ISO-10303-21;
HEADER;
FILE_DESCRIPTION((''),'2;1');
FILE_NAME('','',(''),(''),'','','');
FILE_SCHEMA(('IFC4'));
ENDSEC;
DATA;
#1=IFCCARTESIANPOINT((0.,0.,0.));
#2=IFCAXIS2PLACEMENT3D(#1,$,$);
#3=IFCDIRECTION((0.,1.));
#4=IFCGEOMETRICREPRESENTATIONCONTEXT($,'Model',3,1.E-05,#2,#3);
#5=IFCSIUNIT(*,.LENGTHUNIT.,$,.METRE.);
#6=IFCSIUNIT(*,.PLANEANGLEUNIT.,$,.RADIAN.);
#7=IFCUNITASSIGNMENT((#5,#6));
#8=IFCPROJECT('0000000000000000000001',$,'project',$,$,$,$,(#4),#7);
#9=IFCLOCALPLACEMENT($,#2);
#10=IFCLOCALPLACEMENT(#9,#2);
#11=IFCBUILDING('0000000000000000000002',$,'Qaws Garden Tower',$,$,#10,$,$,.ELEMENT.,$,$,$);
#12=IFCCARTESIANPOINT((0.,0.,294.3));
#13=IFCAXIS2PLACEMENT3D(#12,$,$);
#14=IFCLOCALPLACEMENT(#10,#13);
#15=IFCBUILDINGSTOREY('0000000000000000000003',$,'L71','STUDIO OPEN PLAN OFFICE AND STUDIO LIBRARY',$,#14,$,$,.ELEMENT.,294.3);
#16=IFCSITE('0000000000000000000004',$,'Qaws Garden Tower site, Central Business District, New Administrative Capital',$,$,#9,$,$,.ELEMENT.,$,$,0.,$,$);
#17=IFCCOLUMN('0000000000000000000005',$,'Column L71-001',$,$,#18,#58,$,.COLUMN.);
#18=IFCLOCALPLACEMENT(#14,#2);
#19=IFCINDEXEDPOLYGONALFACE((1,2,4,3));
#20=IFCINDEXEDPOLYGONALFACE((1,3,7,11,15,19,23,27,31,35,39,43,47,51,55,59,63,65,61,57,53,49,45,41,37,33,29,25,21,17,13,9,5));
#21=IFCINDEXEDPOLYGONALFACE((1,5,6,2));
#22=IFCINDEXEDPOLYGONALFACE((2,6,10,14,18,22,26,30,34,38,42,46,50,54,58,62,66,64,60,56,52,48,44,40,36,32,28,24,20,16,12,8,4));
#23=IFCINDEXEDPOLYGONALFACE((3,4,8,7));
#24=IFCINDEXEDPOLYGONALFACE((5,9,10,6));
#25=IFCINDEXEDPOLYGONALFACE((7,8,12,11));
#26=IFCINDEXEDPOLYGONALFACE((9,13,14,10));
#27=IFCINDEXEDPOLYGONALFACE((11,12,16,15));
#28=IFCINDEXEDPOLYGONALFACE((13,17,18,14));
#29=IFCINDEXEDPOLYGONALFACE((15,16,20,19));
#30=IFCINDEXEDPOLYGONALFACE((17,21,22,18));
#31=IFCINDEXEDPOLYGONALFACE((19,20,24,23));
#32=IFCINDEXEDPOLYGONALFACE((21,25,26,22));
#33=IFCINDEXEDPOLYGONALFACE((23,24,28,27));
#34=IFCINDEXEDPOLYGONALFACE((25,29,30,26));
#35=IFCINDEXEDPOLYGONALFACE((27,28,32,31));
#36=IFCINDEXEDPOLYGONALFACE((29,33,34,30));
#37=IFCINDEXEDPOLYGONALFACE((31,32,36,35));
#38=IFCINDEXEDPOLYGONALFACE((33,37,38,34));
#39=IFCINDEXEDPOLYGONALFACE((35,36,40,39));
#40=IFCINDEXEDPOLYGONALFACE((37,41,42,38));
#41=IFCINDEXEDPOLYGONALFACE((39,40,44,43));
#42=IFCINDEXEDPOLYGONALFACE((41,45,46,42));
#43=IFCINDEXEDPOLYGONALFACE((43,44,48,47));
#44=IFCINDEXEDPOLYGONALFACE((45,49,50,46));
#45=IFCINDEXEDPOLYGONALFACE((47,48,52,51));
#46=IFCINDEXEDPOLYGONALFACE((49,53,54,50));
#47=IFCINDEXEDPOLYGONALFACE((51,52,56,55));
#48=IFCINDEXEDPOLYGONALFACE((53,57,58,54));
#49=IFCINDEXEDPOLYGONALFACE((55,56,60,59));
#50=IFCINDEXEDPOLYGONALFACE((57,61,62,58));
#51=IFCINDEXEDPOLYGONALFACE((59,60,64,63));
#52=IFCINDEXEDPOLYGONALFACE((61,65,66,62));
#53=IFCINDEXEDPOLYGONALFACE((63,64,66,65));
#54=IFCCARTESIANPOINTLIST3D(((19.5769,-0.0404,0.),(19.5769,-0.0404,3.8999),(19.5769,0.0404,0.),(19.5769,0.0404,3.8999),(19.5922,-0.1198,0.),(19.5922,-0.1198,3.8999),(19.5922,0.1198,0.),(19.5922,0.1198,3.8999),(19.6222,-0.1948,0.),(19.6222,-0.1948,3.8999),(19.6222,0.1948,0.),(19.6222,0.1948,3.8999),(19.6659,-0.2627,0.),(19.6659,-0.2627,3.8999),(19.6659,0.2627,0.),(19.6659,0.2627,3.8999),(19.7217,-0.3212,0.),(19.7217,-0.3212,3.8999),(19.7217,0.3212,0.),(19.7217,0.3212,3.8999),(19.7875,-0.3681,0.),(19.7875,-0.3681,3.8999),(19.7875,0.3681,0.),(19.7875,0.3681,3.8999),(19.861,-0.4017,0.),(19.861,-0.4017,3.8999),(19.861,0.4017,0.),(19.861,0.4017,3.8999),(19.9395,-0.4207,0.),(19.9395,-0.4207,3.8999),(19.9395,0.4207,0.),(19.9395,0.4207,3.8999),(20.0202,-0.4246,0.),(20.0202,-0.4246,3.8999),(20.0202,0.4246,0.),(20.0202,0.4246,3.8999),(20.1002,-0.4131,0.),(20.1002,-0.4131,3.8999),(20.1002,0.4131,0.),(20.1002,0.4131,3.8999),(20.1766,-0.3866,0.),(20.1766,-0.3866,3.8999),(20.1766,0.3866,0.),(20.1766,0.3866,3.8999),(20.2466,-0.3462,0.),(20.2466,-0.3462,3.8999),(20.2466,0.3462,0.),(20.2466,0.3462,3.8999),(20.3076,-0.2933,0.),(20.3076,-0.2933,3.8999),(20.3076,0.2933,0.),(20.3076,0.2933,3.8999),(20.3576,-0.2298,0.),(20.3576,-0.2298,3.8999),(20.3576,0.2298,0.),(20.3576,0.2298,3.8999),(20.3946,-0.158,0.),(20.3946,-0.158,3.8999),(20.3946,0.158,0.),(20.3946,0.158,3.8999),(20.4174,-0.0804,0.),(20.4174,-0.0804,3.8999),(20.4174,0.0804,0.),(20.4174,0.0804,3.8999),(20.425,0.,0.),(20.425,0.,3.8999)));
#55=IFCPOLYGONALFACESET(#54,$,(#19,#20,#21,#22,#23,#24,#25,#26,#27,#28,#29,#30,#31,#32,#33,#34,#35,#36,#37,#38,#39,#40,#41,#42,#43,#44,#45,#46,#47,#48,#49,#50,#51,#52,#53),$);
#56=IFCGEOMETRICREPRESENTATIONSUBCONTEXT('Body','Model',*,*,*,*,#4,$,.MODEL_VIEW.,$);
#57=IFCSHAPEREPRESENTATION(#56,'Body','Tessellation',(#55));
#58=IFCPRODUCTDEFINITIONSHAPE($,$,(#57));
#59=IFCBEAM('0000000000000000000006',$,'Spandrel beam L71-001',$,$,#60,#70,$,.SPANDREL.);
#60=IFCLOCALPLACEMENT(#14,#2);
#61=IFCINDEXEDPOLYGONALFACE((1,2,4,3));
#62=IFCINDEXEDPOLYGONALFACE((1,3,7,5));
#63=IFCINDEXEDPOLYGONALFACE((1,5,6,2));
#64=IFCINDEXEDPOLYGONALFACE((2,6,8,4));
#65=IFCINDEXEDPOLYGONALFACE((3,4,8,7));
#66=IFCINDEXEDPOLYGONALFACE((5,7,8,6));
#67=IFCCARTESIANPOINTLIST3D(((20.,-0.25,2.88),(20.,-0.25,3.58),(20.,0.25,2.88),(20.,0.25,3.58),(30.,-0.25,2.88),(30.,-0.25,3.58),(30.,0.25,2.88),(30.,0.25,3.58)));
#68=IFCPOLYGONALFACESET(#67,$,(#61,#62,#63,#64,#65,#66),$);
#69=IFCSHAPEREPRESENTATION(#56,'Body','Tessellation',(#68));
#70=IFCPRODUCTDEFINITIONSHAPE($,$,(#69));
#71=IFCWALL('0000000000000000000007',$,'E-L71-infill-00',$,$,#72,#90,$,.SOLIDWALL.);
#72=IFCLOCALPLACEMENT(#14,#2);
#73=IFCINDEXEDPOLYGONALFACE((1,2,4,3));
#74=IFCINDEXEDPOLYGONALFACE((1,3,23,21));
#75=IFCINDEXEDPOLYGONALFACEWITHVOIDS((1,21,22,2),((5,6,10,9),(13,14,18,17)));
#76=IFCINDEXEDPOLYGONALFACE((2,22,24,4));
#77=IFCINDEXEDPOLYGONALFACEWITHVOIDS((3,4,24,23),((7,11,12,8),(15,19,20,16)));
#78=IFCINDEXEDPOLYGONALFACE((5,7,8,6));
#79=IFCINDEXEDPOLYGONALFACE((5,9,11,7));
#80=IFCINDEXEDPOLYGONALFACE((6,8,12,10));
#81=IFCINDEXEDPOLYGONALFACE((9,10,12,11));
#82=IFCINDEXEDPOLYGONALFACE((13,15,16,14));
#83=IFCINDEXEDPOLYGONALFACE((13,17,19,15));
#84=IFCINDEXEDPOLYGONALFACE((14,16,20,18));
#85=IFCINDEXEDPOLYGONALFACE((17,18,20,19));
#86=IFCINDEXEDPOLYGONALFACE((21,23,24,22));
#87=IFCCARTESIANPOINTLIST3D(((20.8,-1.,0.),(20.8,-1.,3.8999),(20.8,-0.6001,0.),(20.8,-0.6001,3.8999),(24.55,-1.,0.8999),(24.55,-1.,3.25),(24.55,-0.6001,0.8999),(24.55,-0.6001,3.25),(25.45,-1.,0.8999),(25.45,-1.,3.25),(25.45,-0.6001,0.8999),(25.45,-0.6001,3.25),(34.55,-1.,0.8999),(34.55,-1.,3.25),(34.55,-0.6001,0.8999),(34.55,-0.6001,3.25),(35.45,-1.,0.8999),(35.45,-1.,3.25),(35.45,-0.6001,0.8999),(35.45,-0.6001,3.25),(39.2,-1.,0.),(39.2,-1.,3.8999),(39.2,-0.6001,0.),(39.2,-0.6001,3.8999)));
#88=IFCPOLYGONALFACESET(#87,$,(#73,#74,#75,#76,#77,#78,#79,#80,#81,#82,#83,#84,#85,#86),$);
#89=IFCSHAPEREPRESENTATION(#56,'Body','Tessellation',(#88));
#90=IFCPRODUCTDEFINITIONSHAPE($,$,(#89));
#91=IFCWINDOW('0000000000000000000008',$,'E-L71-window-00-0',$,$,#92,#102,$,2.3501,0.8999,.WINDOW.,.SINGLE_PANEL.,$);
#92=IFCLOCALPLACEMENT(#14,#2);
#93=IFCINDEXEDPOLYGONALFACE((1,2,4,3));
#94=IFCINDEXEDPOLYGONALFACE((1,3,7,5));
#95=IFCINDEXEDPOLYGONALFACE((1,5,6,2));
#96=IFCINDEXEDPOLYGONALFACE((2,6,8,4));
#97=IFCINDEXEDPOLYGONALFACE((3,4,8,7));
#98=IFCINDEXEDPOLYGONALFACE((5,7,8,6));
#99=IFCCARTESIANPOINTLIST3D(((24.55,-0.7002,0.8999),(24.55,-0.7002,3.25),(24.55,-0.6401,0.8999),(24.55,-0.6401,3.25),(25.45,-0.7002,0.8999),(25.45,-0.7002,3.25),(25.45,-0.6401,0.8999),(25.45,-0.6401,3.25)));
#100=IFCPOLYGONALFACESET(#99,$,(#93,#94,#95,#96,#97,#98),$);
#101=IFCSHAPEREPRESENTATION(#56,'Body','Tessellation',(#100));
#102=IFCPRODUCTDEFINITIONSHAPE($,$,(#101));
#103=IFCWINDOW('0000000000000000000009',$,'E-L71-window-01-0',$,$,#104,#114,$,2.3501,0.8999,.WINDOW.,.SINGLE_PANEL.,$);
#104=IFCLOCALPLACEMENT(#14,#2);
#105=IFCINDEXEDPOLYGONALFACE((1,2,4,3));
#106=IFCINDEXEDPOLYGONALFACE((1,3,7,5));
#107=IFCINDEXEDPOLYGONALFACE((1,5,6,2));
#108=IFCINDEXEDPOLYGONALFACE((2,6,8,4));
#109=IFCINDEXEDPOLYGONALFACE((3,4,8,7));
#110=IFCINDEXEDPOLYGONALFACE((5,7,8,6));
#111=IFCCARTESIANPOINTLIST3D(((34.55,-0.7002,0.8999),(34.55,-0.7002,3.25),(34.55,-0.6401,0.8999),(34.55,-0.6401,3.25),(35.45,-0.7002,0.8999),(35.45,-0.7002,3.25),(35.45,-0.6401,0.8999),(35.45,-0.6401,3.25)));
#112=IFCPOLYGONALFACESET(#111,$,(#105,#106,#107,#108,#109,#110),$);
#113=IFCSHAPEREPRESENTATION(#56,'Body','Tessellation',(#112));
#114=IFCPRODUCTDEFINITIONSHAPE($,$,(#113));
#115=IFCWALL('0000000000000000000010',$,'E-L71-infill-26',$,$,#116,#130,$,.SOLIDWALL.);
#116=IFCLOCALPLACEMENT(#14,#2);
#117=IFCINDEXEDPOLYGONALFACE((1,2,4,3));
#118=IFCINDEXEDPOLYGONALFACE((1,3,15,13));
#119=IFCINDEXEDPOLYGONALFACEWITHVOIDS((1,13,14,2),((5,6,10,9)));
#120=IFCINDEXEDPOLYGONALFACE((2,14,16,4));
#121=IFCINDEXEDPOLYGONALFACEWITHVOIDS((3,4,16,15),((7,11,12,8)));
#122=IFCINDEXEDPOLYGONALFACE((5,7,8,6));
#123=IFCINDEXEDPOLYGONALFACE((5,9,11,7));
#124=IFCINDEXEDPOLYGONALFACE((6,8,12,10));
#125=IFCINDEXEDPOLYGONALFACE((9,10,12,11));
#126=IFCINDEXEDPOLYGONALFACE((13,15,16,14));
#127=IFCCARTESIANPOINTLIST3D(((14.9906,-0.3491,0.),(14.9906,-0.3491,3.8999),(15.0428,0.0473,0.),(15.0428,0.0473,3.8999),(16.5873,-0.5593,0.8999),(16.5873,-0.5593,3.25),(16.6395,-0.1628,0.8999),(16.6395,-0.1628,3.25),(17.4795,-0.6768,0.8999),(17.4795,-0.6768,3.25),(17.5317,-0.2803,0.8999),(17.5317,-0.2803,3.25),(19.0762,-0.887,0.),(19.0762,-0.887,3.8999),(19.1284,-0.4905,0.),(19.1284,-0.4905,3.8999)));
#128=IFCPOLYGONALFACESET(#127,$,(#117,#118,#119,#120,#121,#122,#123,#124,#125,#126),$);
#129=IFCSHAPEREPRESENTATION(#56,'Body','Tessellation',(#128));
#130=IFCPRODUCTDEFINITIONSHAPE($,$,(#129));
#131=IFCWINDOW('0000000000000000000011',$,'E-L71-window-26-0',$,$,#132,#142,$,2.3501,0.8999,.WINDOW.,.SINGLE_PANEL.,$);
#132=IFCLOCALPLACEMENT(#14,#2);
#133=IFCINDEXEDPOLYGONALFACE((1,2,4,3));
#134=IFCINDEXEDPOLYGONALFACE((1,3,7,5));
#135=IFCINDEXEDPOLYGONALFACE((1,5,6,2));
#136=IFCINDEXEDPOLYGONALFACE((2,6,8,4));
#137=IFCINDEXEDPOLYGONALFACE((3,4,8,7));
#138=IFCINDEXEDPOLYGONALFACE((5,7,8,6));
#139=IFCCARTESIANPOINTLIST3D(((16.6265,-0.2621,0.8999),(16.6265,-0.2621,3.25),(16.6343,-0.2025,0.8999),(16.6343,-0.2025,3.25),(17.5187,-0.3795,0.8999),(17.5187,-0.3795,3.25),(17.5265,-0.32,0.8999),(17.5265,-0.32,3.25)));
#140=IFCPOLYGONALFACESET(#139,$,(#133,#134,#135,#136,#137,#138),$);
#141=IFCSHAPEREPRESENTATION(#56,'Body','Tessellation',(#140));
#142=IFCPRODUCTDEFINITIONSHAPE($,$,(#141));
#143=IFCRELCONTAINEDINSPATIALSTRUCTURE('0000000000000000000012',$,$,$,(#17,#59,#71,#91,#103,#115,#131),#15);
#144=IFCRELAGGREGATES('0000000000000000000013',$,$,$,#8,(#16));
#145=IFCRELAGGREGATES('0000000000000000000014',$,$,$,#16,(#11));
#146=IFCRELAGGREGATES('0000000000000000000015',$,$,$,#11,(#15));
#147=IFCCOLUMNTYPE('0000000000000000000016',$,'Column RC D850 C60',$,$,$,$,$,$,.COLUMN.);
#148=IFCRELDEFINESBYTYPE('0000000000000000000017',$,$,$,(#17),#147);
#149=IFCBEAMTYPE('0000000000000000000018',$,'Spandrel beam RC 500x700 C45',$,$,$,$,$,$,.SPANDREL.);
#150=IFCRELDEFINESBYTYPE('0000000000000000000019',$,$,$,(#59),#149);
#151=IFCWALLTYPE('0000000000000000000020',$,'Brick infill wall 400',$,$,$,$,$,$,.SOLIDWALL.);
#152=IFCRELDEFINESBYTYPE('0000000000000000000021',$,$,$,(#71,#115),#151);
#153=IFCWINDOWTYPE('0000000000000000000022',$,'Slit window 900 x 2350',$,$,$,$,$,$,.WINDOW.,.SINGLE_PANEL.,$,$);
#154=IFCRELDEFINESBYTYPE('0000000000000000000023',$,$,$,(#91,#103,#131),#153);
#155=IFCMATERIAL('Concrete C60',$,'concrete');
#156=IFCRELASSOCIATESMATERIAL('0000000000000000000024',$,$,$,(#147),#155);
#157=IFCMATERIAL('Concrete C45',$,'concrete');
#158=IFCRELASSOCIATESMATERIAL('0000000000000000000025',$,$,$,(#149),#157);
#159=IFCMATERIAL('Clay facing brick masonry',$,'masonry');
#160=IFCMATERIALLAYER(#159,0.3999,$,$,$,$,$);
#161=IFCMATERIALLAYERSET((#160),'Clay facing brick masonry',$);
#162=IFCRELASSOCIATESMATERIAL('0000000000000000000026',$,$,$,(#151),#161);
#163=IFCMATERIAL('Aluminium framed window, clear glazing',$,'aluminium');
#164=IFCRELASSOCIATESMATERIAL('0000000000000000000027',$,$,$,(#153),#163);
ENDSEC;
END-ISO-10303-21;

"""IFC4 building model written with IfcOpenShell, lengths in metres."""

from ifc_helpers import new_model, si_unit, direction, frame, frame_2d, origin, origin_2d, place, context, subcontext, project, spatial, rectangle, circle, extrude, material, layer, layer_set, material_profile, profile_set, type_object, element, fill, save


model = new_model("IFC4")

# Units and contexts
model_context = context("Model", 3, precision=1e-05, world=origin(), true_north=direction((0.0, 1.0)))
body_context = subcontext(model_context, "Body", "Model", "MODEL_VIEW")
ifc_project = project(units=[si_unit("LENGTHUNIT", "METRE"), si_unit("PLANEANGLEUNIT", "RADIAN")], contexts=[model_context])

# Site, building, storey
site_placement = place(None, origin())
site = spatial("IfcSite", under=ifc_project, at=site_placement, Name="Qaws Garden Tower site, Central Business District, New Administrative Capital", CompositionType="ELEMENT", RefElevation=0.0)
building_placement = place(site_placement, origin())
building = spatial("IfcBuilding", under=site, at=building_placement, Name="Qaws Garden Tower", CompositionType="ELEMENT")
storey_placement = place(building_placement, frame((0.0, 0.0, 294.3)))
storey = spatial("IfcBuildingStorey", under=building, at=storey_placement, Name="L71", Description="STUDIO OPEN PLAN OFFICE AND STUDIO LIBRARY", CompositionType="ELEMENT", Elevation=294.3)

# Column
ifc_material_1 = material(Name="Concrete C60", Category="concrete")
ifc_material_profile_1 = material_profile(ifc_material_1, circle(Radius=0.425, at=origin_2d()), Name="RC D850")
ifc_profile_set_1 = profile_set([ifc_material_profile_1], Name="Concrete C60")
column_type = type_object("IfcColumnType", Name="Column RC D850 C60", PredefinedType="COLUMN", material=ifc_profile_set_1)
column_placement = place(storey_placement, frame((20.0, 0.0, 0.0), z_axis=(0.0, 0.0, 1.0), x_axis=(1.0, 0.0, 0.0)))
element("IfcColumn", 1, at=column_placement, inside=storey, type_object=column_type, Name="Column L71-001", PredefinedType="COLUMN", context=body_context, shape_type="SweptSolid", body=[
    extrude(circle(Radius=0.425, at=origin_2d()), origin(), (0.0, 0.0, 1.0), 3.8999),
])

# Beam
ifc_material_2 = material(Name="Concrete C45", Category="concrete")
ifc_material_profile_2 = material_profile(ifc_material_2, rectangle(XDim=0.5, YDim=0.7, at=origin_2d()), Name="RC 500x700")
ifc_profile_set_2 = profile_set([ifc_material_profile_2], Name="Concrete C45")
beam_type = type_object("IfcBeamType", Name="Spandrel beam RC 500x700 C45", PredefinedType="SPANDREL", material=ifc_profile_set_2)
beam_placement = place(storey_placement, frame((20.0, 0.0, 3.23), z_axis=(1.0, 0.0, 0.0), x_axis=(0.0, 1.0, 0.0)))
element("IfcBeam", 2, at=beam_placement, inside=storey, type_object=beam_type, Name="Spandrel beam L71-001", PredefinedType="SPANDREL", context=body_context, shape_type="SweptSolid", body=[
    extrude(rectangle(XDim=0.5, YDim=0.7, at=origin_2d()), origin(), (0.0, 0.0, 1.0), 10.0),
])

# Wall, openings, windows
ifc_material_3 = material(Name="Clay facing brick masonry", Category="masonry")
ifc_layer_1 = layer(ifc_material_3, 0.3999)
ifc_layer_set_1 = layer_set([ifc_layer_1], Name="Clay facing brick masonry")
wall_type_1 = type_object("IfcWallType", Name="Brick infill wall 400", PredefinedType="SOLIDWALL", material=ifc_layer_set_1)
wall_1_placement = place(storey_placement, frame((20.8, -0.8, 0.0), z_axis=(0.0, 0.0, 1.0), x_axis=(1.0, 0.0, 0.0)))
wall_1 = element("IfcWall", 3, at=wall_1_placement, inside=storey, type_object=wall_type_1, Name="E-L71-infill-00", PredefinedType="SOLIDWALL", context=body_context, shape_type="SweptSolid", body=[
    extrude(rectangle(XDim=18.3999, YDim=0.3999, at=frame_2d((9.2, 0.0))), origin(), (0.0, 0.0, 1.0), 3.8999),
])
opening_1_placement = place(wall_1_placement, frame((3.75, 0.0, 0.8999)))
opening_1 = element("IfcOpeningElement", 4, at=opening_1_placement, cuts=wall_1, PredefinedType="OPENING", context=body_context, shape_type="SweptSolid", body=[
    extrude(rectangle(XDim=0.8999, YDim=2.3501, at=frame_2d((0.45, 1.175))), frame((0.0, 0.21, 0.0), z_axis=(0.0, -1.0, 0.0), x_axis=(1.0, 0.0, 0.0)), (0.0, 0.0, 1.0), 0.4199),
])
opening_2_placement = place(wall_1_placement, frame((13.75, 0.0, 0.8999)))
opening_2 = element("IfcOpeningElement", 5, at=opening_2_placement, cuts=wall_1, PredefinedType="OPENING", context=body_context, shape_type="SweptSolid", body=[
    extrude(rectangle(XDim=0.8999, YDim=2.3501, at=frame_2d((0.45, 1.175))), frame((0.0, 0.21, 0.0), z_axis=(0.0, -1.0, 0.0), x_axis=(1.0, 0.0, 0.0)), (0.0, 0.0, 1.0), 0.4199),
])
ifc_material_4 = material(Name="Aluminium framed window, clear glazing", Category="aluminium")
window_type = type_object("IfcWindowType", Name="Slit window 900 x 2350", PartitioningType="SINGLE_PANEL", PredefinedType="WINDOW", material=ifc_material_4)
window_1_placement = place(opening_1_placement, origin())
window_1 = element("IfcWindow", 6, at=window_1_placement, inside=storey, type_object=window_type, Name="E-L71-window-00-0", OverallHeight=2.3501, OverallWidth=0.8999, PartitioningType="SINGLE_PANEL", PredefinedType="WINDOW", context=body_context, shape_type="SweptSolid", body=[
    extrude(rectangle(XDim=0.8999, YDim=2.3501, at=frame_2d((0.45, 1.175))), frame((0.0, 0.1599, 0.0), z_axis=(0.0, -1.0, 0.0), x_axis=(1.0, 0.0, 0.0)), (0.0, 0.0, 1.0), 0.0601),
])
fill(opening_1, window_1)
window_2_placement = place(opening_2_placement, origin())
window_2 = element("IfcWindow", 7, at=window_2_placement, inside=storey, type_object=window_type, Name="E-L71-window-01-0", OverallHeight=2.3501, OverallWidth=0.8999, PartitioningType="SINGLE_PANEL", PredefinedType="WINDOW", context=body_context, shape_type="SweptSolid", body=[
    extrude(rectangle(XDim=0.8999, YDim=2.3501, at=frame_2d((0.45, 1.175))), frame((0.0, 0.1599, 0.0), z_axis=(0.0, -1.0, 0.0), x_axis=(1.0, 0.0, 0.0)), (0.0, 0.0, 1.0), 0.0601),
])
fill(opening_2, window_2)

# Wall, opening, window
wall_2_placement = place(storey_placement, frame((15.0166, -0.1509, 0.0), z_axis=(0.0, 0.0, 1.0), x_axis=(0.991446, -0.130514, 0.0)))
wall_2 = element("IfcWall", 8, at=wall_2_placement, inside=storey, type_object=wall_type_1, Name="E-L71-infill-26", PredefinedType="SOLIDWALL", context=body_context, shape_type="SweptSolid", body=[
    extrude(rectangle(XDim=4.1208, YDim=0.3999, at=frame_2d((2.0605, 0.0))), origin(), (0.0, 0.0, 1.0), 3.8999),
])
opening_3_placement = place(wall_2_placement, frame((1.6106, 0.0, 0.8999)))
opening_3 = element("IfcOpeningElement", 9, at=opening_3_placement, cuts=wall_2, PredefinedType="OPENING", context=body_context, shape_type="SweptSolid", body=[
    extrude(rectangle(XDim=0.8999, YDim=2.3501, at=frame_2d((0.45, 1.175))), frame((0.0, 0.21, 0.0), z_axis=(0.0, -1.0, 0.0), x_axis=(1.0, 0.0, 0.0)), (0.0, 0.0, 1.0), 0.4199),
])
window_3_placement = place(opening_3_placement, origin())
window_3 = element("IfcWindow", 10, at=window_3_placement, inside=storey, type_object=window_type, Name="E-L71-window-26-0", OverallHeight=2.3501, OverallWidth=0.8999, PartitioningType="SINGLE_PANEL", PredefinedType="WINDOW", context=body_context, shape_type="SweptSolid", body=[
    extrude(rectangle(XDim=0.8999, YDim=2.3501, at=frame_2d((0.45, 1.175))), frame((0.0, 0.1599, 0.0), z_axis=(0.0, -1.0, 0.0), x_axis=(1.0, 0.0, 0.0)), (0.0, 0.0, 1.0), 0.0601),
])
fill(opening_3, window_3)

save(model, "model.ifc")
